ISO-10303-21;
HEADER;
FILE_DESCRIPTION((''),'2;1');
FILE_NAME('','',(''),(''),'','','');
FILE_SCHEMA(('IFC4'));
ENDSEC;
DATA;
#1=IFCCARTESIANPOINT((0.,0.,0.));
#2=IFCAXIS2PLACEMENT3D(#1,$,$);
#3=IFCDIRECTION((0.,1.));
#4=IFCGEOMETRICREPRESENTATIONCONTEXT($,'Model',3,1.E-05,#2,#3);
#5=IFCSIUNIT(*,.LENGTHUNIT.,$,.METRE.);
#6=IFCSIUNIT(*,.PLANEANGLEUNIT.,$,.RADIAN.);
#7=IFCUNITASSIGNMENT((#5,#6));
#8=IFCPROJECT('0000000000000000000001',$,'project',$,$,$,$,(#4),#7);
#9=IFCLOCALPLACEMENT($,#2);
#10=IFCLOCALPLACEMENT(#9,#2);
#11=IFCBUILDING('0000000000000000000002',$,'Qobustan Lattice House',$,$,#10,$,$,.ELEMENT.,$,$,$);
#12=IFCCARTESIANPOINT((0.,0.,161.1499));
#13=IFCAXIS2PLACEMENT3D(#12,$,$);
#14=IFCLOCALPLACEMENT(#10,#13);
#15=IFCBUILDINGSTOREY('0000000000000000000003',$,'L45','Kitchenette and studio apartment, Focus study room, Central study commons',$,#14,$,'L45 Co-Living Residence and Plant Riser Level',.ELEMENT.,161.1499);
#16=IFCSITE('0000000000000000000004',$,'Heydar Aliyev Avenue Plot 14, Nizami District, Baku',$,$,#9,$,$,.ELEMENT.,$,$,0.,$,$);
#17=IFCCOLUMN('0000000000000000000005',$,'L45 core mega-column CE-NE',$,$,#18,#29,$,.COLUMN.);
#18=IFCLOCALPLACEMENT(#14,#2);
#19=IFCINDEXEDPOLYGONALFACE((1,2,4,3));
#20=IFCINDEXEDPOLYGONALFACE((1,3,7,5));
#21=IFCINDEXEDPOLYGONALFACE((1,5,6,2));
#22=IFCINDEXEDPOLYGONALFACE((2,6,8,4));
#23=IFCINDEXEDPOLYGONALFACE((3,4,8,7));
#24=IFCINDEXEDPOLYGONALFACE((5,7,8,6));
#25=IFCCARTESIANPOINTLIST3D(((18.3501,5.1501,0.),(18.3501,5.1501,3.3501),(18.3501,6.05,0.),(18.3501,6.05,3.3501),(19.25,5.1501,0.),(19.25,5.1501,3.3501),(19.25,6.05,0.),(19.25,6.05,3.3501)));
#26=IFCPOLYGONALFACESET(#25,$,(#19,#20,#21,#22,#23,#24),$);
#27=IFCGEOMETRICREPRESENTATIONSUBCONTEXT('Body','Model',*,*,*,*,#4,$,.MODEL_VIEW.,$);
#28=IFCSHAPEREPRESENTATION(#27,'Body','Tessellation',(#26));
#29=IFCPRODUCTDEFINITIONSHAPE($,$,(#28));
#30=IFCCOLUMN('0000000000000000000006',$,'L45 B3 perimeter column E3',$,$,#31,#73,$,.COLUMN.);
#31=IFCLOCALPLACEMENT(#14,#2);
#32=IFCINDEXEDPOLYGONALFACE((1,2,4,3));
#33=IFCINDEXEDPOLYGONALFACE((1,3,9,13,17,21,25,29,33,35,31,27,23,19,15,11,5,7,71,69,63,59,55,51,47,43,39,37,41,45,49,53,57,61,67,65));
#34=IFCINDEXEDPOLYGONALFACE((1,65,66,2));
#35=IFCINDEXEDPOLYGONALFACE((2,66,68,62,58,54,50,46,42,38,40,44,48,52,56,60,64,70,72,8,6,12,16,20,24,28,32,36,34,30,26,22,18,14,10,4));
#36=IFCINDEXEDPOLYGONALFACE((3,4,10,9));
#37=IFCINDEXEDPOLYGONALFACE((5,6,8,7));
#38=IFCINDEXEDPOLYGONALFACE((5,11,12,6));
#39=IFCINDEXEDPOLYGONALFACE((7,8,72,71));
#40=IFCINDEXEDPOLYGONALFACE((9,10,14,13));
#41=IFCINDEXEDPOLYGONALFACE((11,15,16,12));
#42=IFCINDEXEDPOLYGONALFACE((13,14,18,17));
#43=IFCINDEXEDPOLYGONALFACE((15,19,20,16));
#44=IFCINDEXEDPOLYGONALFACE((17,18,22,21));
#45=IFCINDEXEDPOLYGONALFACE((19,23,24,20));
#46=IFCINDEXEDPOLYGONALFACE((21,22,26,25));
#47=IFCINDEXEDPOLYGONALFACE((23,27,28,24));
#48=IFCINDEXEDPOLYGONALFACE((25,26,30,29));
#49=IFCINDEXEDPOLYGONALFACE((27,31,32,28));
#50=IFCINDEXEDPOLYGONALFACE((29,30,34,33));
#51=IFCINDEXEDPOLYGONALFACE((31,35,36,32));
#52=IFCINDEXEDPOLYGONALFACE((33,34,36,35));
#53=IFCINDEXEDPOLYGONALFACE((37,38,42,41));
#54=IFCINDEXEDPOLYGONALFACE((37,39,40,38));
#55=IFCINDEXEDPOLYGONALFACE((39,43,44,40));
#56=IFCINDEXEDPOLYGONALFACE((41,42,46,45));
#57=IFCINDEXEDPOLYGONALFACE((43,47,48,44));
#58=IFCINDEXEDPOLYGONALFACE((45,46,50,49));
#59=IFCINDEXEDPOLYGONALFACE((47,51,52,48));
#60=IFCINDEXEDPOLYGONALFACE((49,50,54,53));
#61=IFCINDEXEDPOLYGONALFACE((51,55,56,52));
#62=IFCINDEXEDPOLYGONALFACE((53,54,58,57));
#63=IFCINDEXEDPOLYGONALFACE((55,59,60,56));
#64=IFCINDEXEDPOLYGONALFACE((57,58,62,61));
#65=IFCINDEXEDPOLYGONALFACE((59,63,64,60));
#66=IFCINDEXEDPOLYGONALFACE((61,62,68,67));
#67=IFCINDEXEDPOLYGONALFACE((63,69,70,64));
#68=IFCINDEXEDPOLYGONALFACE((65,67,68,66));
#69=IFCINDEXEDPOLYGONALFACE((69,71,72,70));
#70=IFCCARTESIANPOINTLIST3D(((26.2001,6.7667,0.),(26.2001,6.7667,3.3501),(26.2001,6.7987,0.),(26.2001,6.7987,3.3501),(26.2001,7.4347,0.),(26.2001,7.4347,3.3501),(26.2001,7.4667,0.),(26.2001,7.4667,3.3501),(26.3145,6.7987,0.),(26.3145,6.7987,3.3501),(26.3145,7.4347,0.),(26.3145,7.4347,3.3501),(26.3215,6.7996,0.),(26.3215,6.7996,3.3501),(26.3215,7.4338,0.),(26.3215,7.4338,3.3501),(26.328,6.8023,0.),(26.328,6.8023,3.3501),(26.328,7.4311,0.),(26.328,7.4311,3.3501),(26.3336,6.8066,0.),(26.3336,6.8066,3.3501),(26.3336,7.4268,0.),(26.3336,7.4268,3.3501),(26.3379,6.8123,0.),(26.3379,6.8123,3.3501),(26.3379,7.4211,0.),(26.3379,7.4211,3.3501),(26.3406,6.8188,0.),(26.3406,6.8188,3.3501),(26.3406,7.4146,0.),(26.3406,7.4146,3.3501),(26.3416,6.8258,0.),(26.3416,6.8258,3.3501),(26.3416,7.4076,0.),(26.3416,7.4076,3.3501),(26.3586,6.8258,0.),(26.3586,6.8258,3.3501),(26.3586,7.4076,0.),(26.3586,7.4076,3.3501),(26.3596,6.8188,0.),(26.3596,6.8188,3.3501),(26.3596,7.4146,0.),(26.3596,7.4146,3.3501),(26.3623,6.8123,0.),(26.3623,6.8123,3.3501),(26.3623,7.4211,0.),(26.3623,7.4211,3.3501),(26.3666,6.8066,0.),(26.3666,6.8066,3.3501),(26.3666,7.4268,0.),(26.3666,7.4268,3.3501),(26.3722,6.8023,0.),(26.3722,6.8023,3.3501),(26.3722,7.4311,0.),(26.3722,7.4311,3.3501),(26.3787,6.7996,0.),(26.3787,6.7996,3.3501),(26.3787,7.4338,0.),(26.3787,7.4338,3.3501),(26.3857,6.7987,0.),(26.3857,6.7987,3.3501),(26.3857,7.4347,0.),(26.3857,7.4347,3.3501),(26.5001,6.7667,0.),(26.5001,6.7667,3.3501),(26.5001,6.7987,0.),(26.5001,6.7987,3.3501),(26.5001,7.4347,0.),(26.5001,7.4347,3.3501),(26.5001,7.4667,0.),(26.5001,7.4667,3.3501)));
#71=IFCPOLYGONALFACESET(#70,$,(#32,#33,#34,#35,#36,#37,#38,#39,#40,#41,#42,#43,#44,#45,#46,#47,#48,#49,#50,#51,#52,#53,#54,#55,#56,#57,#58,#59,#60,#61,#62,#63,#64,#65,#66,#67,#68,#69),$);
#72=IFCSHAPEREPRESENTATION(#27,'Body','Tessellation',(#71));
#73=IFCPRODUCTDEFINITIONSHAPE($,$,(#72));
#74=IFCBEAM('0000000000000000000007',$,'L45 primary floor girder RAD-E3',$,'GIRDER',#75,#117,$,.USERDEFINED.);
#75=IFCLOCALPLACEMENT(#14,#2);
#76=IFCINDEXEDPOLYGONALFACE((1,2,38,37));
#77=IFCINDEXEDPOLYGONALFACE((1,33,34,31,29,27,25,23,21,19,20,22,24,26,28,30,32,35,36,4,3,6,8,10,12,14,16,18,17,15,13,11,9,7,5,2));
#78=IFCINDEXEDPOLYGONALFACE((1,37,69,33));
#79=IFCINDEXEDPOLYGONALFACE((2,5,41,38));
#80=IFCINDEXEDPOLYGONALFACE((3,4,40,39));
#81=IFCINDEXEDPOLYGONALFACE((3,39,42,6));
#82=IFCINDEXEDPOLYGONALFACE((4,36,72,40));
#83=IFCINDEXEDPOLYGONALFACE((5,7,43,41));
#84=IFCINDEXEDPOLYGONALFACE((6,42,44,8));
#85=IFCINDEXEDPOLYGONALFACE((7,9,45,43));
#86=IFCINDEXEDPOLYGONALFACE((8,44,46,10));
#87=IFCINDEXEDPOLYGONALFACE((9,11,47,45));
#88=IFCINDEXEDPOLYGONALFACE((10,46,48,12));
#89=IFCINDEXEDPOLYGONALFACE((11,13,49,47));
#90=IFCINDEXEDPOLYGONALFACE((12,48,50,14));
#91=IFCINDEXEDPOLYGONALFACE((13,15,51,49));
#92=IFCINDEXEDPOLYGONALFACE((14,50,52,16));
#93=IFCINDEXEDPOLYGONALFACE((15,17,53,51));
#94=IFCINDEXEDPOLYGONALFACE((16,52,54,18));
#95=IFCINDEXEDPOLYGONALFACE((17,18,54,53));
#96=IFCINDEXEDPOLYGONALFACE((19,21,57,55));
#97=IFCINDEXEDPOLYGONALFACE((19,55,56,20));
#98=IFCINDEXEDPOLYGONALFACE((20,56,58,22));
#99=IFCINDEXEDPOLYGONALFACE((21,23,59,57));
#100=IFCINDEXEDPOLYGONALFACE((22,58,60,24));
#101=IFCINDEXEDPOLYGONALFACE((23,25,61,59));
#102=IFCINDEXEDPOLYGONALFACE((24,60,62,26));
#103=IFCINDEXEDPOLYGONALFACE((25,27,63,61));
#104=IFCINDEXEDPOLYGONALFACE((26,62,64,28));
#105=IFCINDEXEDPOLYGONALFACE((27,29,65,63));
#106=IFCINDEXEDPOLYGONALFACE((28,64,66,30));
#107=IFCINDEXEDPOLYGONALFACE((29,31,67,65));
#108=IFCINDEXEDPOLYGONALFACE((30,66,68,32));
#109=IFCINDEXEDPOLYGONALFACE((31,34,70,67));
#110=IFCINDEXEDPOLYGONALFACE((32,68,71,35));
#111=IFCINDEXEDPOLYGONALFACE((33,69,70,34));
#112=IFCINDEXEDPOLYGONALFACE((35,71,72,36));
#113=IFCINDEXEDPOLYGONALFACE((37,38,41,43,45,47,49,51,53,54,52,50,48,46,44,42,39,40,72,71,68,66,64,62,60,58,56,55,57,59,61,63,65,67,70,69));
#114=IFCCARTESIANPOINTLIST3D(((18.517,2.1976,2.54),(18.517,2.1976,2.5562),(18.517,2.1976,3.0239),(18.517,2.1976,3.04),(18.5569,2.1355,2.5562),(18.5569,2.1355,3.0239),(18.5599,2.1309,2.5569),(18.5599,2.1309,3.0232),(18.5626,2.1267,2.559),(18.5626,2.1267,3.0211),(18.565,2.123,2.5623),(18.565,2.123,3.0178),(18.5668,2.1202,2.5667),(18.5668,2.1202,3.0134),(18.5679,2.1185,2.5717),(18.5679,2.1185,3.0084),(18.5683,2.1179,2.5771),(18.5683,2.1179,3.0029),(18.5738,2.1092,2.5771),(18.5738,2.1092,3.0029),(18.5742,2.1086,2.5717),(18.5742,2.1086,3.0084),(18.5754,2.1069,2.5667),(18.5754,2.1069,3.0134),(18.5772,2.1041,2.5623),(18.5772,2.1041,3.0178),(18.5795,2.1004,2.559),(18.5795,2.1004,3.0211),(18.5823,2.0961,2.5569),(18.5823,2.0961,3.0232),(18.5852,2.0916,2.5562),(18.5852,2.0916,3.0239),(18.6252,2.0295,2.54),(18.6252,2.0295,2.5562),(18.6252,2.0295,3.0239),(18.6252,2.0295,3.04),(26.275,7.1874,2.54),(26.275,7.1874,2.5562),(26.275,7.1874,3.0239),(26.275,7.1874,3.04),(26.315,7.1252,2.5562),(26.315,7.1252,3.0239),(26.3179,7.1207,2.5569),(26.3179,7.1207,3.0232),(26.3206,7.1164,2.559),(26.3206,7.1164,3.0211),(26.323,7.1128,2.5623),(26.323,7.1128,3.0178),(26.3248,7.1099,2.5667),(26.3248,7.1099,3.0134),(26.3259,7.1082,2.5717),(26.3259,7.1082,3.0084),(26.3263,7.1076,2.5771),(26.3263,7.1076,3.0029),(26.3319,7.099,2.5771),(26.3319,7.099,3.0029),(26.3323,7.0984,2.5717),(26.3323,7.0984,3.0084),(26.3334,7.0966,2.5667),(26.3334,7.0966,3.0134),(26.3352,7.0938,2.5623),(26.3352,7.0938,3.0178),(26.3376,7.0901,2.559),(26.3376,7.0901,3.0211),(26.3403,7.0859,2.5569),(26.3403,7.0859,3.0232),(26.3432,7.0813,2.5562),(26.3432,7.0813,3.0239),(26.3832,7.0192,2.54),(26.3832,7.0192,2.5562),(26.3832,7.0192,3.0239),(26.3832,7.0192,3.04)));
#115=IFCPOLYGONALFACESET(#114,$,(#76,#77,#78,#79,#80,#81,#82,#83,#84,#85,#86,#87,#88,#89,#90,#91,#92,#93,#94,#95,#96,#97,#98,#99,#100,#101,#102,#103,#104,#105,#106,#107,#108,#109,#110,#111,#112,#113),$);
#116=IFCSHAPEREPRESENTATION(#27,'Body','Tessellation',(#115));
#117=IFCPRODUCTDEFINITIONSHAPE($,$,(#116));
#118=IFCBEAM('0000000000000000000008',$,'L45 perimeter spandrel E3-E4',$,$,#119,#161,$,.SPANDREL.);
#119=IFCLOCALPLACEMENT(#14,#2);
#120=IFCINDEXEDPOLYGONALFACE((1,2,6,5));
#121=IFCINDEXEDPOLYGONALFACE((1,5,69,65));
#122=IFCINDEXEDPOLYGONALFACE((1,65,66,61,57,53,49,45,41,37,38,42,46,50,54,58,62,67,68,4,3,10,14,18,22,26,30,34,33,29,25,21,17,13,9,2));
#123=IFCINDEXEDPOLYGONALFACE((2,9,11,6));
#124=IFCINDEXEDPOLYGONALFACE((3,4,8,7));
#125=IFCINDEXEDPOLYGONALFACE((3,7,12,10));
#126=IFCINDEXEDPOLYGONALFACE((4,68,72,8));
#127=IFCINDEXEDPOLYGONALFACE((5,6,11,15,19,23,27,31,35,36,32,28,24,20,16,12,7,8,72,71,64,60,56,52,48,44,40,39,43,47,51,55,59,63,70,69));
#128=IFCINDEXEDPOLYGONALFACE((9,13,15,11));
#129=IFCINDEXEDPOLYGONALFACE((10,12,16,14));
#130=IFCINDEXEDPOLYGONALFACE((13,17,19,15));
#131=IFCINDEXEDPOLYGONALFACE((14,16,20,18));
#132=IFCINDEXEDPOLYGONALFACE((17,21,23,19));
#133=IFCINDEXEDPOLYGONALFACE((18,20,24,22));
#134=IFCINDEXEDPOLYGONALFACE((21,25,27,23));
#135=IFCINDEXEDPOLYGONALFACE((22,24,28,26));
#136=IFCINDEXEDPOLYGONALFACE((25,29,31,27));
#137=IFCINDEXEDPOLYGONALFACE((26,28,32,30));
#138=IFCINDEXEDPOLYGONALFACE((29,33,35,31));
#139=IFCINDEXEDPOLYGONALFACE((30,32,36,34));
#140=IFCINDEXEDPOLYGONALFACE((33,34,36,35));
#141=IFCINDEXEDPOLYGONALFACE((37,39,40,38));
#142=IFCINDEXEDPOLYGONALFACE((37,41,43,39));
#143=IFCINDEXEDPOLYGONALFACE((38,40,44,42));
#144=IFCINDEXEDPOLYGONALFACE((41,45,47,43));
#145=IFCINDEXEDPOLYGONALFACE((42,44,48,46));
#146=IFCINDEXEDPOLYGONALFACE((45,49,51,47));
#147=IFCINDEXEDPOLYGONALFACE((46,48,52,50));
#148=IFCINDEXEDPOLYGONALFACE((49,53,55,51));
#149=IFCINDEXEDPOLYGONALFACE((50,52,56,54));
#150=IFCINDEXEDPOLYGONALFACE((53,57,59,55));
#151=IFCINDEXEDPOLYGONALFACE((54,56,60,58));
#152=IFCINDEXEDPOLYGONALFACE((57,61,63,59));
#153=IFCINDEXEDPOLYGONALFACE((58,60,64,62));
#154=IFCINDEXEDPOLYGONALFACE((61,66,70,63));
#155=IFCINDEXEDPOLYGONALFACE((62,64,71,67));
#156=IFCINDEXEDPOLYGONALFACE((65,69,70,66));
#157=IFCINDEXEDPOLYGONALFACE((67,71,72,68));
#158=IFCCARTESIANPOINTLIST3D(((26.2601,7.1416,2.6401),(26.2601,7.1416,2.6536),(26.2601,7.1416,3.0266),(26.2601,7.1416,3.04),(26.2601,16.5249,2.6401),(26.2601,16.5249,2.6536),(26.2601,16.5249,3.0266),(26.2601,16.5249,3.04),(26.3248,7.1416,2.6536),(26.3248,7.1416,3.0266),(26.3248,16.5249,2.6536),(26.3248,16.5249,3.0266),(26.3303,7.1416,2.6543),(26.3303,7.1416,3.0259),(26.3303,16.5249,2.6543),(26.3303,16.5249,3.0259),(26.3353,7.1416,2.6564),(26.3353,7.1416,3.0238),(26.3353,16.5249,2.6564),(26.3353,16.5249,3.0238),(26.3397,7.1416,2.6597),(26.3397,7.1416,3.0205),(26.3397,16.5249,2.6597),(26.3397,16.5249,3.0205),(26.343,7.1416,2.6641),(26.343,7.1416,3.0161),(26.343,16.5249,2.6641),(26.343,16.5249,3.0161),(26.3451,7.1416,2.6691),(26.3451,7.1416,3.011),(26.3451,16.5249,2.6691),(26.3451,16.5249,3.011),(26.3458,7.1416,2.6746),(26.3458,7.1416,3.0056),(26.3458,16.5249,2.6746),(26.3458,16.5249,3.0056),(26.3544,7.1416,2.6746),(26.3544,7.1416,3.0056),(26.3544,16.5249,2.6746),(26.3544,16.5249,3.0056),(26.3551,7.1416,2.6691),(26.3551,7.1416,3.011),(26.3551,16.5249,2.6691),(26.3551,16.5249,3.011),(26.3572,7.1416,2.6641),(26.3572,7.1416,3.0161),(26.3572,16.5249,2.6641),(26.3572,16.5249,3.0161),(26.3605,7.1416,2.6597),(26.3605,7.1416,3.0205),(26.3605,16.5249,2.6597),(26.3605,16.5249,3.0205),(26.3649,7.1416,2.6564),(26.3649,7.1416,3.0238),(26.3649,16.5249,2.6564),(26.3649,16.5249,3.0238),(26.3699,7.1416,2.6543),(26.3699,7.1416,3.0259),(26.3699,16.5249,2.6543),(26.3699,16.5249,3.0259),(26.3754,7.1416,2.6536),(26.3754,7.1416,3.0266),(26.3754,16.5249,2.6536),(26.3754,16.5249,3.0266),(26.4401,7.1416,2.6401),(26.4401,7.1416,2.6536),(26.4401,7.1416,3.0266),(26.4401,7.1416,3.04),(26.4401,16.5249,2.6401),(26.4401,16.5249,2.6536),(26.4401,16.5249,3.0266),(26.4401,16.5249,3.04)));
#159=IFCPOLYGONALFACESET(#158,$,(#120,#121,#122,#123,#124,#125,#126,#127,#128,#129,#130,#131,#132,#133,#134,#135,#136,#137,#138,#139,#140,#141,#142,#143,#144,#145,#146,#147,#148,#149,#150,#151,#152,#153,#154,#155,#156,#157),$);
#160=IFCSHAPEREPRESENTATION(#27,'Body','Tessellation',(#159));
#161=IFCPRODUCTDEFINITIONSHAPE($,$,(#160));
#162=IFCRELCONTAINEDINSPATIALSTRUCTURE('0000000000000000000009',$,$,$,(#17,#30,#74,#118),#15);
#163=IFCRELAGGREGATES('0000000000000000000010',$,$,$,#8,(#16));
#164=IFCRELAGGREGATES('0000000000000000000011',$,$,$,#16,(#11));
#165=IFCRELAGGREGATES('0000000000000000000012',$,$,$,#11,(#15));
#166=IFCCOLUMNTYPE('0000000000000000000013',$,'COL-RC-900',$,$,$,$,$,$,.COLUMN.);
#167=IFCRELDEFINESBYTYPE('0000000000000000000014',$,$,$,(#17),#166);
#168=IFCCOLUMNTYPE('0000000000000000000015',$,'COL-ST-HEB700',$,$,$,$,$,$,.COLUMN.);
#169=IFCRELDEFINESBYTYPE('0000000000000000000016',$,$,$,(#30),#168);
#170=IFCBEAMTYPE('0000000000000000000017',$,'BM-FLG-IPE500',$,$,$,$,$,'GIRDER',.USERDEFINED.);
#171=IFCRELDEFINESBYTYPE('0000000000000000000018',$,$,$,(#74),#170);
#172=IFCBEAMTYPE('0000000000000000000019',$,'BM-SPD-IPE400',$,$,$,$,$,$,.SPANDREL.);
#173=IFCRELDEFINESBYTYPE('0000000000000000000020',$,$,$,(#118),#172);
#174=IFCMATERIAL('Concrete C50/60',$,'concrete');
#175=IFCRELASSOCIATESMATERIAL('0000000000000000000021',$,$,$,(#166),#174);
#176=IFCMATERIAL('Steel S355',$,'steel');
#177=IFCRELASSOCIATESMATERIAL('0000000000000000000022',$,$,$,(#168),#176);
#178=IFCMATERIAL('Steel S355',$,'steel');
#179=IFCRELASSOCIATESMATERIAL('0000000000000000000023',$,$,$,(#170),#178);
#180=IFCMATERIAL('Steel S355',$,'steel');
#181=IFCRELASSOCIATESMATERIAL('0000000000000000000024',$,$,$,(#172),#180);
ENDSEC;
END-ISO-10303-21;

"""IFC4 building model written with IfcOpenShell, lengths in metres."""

from ifc_helpers import new_model, si_unit, direction, frame, origin, origin_2d, place, context, subcontext, project, spatial, rectangle, i_section, extrude, material, material_profile, profile_set, type_object, element, save


model = new_model("IFC4")

# Units and contexts
model_context = context("Model", 3, precision=1e-05, world=origin(), true_north=direction((0.0, 1.0)))
body_context = subcontext(model_context, "Body", "Model", "MODEL_VIEW")
ifc_project = project(units=[si_unit("LENGTHUNIT", "METRE"), si_unit("PLANEANGLEUNIT", "RADIAN")], contexts=[model_context])

# Site, building, storey
site_placement = place(None, origin())
site = spatial("IfcSite", under=ifc_project, at=site_placement, Name="Heydar Aliyev Avenue Plot 14, Nizami District, Baku", CompositionType="ELEMENT", RefElevation=0.0)
building_placement = place(site_placement, origin())
building = spatial("IfcBuilding", under=site, at=building_placement, Name="Qobustan Lattice House", CompositionType="ELEMENT")
storey_placement = place(building_placement, frame((0.0, 0.0, 161.1499)))
storey = spatial("IfcBuildingStorey", under=building, at=storey_placement, Name="L45", Description="Kitchenette and studio apartment, Focus study room, Central study commons", LongName="L45 Co-Living Residence and Plant Riser Level", CompositionType="ELEMENT", Elevation=161.1499)

# Columns
ifc_material_1 = material(Name="Concrete C50/60", Category="concrete")
ifc_material_profile_1 = material_profile(ifc_material_1, rectangle(XDim=0.8999, YDim=0.8999, at=origin_2d()), Name="RC900x900")
ifc_profile_set_1 = profile_set([ifc_material_profile_1], Name="Concrete C50/60")
column_type_1 = type_object("IfcColumnType", Name="COL-RC-900", PredefinedType="COLUMN", material=ifc_profile_set_1)
column_1_placement = place(storey_placement, frame((18.8, 5.6001, 0.0), z_axis=(0.0, 0.0, 1.0), x_axis=(1.0, 0.0, 0.0)))
element("IfcColumn", 1, at=column_1_placement, inside=storey, type_object=column_type_1, Name="L45 core mega-column CE-NE", PredefinedType="COLUMN", context=body_context, shape_type="SweptSolid", body=[
    extrude(rectangle(XDim=0.8999, YDim=0.8999, at=origin_2d()), origin(), (0.0, 0.0, 1.0), 3.3501),
])
ifc_material_2 = material(Name="Steel S355", Category="steel")
ifc_material_profile_2 = material_profile(ifc_material_2, i_section(OverallWidth=0.3, OverallDepth=0.7, WebThickness=0.0171, FlangeThickness=0.032, FilletRadius=0.0271, at=origin_2d()), Name="HEB700")
ifc_profile_set_2 = profile_set([ifc_material_profile_2], Name="Steel S355")
column_type_2 = type_object("IfcColumnType", Name="COL-ST-HEB700", PredefinedType="COLUMN", material=ifc_profile_set_2)
column_2_placement = place(storey_placement, frame((26.3501, 7.1167, 0.0), z_axis=(0.0, 0.0, 1.0), x_axis=(1.0, 0.0, 0.0)))
element("IfcColumn", 2, at=column_2_placement, inside=storey, type_object=column_type_2, Name="L45 B3 perimeter column E3", PredefinedType="COLUMN", context=body_context, shape_type="SweptSolid", body=[
    extrude(i_section(OverallWidth=0.3, OverallDepth=0.7, WebThickness=0.0171, FlangeThickness=0.032, FilletRadius=0.0271, at=origin_2d()), origin(), (0.0, 0.0, 1.0), 3.3501),
])

# Beams
ifc_material_3 = material(Name="Steel S355", Category="steel")
ifc_material_profile_3 = material_profile(ifc_material_3, i_section(OverallWidth=0.2, OverallDepth=0.5, WebThickness=0.0103, FlangeThickness=0.0161, FilletRadius=0.021, at=origin_2d()), Name="IPE500")
ifc_profile_set_3 = profile_set([ifc_material_profile_3], Name="Steel S355")
beam_type_1 = type_object("IfcBeamType", Name="BM-FLG-IPE500", ElementType="GIRDER", PredefinedType="USERDEFINED", material=ifc_profile_set_3)
beam_1_placement = place(storey_placement, frame((26.3291, 7.1033, 2.79), z_axis=(-0.841059, -0.540944, 0.0), x_axis=(0.540944, -0.841059, 0.0)))
element("IfcBeam", 3, at=beam_1_placement, inside=storey, type_object=beam_type_1, Name="L45 primary floor girder RAD-E3", ObjectType="GIRDER", PredefinedType="USERDEFINED", context=body_context, shape_type="SweptSolid", body=[
    extrude(i_section(OverallWidth=0.2, OverallDepth=0.5, WebThickness=0.0103, FlangeThickness=0.0161, FilletRadius=0.021, at=origin_2d()), origin(), (0.0, 0.0, 1.0), 9.2241),
])
ifc_material_4 = material(Name="Steel S355", Category="steel")
ifc_material_profile_4 = material_profile(ifc_material_4, i_section(OverallWidth=0.1799, OverallDepth=0.3999, WebThickness=0.0085, FlangeThickness=0.0134, FilletRadius=0.021, at=origin_2d()), Name="IPE400")
ifc_profile_set_4 = profile_set([ifc_material_profile_4], Name="Steel S355")
beam_type_2 = type_object("IfcBeamType", Name="BM-SPD-IPE400", PredefinedType="SPANDREL", material=ifc_profile_set_4)
beam_2_placement = place(storey_placement, frame((26.3501, 7.1416, 2.8401), z_axis=(0.0, 1.0, 0.0), x_axis=(-1.0, 0.0, 0.0)))
element("IfcBeam", 4, at=beam_2_placement, inside=storey, type_object=beam_type_2, Name="L45 perimeter spandrel E3-E4", PredefinedType="SPANDREL", context=body_context, shape_type="SweptSolid", body=[
    extrude(i_section(OverallWidth=0.1799, OverallDepth=0.3999, WebThickness=0.0085, FlangeThickness=0.0134, FilletRadius=0.021, at=origin_2d()), origin(), (0.0, 0.0, 1.0), 9.3833),
])

save(model, "model.ifc")
